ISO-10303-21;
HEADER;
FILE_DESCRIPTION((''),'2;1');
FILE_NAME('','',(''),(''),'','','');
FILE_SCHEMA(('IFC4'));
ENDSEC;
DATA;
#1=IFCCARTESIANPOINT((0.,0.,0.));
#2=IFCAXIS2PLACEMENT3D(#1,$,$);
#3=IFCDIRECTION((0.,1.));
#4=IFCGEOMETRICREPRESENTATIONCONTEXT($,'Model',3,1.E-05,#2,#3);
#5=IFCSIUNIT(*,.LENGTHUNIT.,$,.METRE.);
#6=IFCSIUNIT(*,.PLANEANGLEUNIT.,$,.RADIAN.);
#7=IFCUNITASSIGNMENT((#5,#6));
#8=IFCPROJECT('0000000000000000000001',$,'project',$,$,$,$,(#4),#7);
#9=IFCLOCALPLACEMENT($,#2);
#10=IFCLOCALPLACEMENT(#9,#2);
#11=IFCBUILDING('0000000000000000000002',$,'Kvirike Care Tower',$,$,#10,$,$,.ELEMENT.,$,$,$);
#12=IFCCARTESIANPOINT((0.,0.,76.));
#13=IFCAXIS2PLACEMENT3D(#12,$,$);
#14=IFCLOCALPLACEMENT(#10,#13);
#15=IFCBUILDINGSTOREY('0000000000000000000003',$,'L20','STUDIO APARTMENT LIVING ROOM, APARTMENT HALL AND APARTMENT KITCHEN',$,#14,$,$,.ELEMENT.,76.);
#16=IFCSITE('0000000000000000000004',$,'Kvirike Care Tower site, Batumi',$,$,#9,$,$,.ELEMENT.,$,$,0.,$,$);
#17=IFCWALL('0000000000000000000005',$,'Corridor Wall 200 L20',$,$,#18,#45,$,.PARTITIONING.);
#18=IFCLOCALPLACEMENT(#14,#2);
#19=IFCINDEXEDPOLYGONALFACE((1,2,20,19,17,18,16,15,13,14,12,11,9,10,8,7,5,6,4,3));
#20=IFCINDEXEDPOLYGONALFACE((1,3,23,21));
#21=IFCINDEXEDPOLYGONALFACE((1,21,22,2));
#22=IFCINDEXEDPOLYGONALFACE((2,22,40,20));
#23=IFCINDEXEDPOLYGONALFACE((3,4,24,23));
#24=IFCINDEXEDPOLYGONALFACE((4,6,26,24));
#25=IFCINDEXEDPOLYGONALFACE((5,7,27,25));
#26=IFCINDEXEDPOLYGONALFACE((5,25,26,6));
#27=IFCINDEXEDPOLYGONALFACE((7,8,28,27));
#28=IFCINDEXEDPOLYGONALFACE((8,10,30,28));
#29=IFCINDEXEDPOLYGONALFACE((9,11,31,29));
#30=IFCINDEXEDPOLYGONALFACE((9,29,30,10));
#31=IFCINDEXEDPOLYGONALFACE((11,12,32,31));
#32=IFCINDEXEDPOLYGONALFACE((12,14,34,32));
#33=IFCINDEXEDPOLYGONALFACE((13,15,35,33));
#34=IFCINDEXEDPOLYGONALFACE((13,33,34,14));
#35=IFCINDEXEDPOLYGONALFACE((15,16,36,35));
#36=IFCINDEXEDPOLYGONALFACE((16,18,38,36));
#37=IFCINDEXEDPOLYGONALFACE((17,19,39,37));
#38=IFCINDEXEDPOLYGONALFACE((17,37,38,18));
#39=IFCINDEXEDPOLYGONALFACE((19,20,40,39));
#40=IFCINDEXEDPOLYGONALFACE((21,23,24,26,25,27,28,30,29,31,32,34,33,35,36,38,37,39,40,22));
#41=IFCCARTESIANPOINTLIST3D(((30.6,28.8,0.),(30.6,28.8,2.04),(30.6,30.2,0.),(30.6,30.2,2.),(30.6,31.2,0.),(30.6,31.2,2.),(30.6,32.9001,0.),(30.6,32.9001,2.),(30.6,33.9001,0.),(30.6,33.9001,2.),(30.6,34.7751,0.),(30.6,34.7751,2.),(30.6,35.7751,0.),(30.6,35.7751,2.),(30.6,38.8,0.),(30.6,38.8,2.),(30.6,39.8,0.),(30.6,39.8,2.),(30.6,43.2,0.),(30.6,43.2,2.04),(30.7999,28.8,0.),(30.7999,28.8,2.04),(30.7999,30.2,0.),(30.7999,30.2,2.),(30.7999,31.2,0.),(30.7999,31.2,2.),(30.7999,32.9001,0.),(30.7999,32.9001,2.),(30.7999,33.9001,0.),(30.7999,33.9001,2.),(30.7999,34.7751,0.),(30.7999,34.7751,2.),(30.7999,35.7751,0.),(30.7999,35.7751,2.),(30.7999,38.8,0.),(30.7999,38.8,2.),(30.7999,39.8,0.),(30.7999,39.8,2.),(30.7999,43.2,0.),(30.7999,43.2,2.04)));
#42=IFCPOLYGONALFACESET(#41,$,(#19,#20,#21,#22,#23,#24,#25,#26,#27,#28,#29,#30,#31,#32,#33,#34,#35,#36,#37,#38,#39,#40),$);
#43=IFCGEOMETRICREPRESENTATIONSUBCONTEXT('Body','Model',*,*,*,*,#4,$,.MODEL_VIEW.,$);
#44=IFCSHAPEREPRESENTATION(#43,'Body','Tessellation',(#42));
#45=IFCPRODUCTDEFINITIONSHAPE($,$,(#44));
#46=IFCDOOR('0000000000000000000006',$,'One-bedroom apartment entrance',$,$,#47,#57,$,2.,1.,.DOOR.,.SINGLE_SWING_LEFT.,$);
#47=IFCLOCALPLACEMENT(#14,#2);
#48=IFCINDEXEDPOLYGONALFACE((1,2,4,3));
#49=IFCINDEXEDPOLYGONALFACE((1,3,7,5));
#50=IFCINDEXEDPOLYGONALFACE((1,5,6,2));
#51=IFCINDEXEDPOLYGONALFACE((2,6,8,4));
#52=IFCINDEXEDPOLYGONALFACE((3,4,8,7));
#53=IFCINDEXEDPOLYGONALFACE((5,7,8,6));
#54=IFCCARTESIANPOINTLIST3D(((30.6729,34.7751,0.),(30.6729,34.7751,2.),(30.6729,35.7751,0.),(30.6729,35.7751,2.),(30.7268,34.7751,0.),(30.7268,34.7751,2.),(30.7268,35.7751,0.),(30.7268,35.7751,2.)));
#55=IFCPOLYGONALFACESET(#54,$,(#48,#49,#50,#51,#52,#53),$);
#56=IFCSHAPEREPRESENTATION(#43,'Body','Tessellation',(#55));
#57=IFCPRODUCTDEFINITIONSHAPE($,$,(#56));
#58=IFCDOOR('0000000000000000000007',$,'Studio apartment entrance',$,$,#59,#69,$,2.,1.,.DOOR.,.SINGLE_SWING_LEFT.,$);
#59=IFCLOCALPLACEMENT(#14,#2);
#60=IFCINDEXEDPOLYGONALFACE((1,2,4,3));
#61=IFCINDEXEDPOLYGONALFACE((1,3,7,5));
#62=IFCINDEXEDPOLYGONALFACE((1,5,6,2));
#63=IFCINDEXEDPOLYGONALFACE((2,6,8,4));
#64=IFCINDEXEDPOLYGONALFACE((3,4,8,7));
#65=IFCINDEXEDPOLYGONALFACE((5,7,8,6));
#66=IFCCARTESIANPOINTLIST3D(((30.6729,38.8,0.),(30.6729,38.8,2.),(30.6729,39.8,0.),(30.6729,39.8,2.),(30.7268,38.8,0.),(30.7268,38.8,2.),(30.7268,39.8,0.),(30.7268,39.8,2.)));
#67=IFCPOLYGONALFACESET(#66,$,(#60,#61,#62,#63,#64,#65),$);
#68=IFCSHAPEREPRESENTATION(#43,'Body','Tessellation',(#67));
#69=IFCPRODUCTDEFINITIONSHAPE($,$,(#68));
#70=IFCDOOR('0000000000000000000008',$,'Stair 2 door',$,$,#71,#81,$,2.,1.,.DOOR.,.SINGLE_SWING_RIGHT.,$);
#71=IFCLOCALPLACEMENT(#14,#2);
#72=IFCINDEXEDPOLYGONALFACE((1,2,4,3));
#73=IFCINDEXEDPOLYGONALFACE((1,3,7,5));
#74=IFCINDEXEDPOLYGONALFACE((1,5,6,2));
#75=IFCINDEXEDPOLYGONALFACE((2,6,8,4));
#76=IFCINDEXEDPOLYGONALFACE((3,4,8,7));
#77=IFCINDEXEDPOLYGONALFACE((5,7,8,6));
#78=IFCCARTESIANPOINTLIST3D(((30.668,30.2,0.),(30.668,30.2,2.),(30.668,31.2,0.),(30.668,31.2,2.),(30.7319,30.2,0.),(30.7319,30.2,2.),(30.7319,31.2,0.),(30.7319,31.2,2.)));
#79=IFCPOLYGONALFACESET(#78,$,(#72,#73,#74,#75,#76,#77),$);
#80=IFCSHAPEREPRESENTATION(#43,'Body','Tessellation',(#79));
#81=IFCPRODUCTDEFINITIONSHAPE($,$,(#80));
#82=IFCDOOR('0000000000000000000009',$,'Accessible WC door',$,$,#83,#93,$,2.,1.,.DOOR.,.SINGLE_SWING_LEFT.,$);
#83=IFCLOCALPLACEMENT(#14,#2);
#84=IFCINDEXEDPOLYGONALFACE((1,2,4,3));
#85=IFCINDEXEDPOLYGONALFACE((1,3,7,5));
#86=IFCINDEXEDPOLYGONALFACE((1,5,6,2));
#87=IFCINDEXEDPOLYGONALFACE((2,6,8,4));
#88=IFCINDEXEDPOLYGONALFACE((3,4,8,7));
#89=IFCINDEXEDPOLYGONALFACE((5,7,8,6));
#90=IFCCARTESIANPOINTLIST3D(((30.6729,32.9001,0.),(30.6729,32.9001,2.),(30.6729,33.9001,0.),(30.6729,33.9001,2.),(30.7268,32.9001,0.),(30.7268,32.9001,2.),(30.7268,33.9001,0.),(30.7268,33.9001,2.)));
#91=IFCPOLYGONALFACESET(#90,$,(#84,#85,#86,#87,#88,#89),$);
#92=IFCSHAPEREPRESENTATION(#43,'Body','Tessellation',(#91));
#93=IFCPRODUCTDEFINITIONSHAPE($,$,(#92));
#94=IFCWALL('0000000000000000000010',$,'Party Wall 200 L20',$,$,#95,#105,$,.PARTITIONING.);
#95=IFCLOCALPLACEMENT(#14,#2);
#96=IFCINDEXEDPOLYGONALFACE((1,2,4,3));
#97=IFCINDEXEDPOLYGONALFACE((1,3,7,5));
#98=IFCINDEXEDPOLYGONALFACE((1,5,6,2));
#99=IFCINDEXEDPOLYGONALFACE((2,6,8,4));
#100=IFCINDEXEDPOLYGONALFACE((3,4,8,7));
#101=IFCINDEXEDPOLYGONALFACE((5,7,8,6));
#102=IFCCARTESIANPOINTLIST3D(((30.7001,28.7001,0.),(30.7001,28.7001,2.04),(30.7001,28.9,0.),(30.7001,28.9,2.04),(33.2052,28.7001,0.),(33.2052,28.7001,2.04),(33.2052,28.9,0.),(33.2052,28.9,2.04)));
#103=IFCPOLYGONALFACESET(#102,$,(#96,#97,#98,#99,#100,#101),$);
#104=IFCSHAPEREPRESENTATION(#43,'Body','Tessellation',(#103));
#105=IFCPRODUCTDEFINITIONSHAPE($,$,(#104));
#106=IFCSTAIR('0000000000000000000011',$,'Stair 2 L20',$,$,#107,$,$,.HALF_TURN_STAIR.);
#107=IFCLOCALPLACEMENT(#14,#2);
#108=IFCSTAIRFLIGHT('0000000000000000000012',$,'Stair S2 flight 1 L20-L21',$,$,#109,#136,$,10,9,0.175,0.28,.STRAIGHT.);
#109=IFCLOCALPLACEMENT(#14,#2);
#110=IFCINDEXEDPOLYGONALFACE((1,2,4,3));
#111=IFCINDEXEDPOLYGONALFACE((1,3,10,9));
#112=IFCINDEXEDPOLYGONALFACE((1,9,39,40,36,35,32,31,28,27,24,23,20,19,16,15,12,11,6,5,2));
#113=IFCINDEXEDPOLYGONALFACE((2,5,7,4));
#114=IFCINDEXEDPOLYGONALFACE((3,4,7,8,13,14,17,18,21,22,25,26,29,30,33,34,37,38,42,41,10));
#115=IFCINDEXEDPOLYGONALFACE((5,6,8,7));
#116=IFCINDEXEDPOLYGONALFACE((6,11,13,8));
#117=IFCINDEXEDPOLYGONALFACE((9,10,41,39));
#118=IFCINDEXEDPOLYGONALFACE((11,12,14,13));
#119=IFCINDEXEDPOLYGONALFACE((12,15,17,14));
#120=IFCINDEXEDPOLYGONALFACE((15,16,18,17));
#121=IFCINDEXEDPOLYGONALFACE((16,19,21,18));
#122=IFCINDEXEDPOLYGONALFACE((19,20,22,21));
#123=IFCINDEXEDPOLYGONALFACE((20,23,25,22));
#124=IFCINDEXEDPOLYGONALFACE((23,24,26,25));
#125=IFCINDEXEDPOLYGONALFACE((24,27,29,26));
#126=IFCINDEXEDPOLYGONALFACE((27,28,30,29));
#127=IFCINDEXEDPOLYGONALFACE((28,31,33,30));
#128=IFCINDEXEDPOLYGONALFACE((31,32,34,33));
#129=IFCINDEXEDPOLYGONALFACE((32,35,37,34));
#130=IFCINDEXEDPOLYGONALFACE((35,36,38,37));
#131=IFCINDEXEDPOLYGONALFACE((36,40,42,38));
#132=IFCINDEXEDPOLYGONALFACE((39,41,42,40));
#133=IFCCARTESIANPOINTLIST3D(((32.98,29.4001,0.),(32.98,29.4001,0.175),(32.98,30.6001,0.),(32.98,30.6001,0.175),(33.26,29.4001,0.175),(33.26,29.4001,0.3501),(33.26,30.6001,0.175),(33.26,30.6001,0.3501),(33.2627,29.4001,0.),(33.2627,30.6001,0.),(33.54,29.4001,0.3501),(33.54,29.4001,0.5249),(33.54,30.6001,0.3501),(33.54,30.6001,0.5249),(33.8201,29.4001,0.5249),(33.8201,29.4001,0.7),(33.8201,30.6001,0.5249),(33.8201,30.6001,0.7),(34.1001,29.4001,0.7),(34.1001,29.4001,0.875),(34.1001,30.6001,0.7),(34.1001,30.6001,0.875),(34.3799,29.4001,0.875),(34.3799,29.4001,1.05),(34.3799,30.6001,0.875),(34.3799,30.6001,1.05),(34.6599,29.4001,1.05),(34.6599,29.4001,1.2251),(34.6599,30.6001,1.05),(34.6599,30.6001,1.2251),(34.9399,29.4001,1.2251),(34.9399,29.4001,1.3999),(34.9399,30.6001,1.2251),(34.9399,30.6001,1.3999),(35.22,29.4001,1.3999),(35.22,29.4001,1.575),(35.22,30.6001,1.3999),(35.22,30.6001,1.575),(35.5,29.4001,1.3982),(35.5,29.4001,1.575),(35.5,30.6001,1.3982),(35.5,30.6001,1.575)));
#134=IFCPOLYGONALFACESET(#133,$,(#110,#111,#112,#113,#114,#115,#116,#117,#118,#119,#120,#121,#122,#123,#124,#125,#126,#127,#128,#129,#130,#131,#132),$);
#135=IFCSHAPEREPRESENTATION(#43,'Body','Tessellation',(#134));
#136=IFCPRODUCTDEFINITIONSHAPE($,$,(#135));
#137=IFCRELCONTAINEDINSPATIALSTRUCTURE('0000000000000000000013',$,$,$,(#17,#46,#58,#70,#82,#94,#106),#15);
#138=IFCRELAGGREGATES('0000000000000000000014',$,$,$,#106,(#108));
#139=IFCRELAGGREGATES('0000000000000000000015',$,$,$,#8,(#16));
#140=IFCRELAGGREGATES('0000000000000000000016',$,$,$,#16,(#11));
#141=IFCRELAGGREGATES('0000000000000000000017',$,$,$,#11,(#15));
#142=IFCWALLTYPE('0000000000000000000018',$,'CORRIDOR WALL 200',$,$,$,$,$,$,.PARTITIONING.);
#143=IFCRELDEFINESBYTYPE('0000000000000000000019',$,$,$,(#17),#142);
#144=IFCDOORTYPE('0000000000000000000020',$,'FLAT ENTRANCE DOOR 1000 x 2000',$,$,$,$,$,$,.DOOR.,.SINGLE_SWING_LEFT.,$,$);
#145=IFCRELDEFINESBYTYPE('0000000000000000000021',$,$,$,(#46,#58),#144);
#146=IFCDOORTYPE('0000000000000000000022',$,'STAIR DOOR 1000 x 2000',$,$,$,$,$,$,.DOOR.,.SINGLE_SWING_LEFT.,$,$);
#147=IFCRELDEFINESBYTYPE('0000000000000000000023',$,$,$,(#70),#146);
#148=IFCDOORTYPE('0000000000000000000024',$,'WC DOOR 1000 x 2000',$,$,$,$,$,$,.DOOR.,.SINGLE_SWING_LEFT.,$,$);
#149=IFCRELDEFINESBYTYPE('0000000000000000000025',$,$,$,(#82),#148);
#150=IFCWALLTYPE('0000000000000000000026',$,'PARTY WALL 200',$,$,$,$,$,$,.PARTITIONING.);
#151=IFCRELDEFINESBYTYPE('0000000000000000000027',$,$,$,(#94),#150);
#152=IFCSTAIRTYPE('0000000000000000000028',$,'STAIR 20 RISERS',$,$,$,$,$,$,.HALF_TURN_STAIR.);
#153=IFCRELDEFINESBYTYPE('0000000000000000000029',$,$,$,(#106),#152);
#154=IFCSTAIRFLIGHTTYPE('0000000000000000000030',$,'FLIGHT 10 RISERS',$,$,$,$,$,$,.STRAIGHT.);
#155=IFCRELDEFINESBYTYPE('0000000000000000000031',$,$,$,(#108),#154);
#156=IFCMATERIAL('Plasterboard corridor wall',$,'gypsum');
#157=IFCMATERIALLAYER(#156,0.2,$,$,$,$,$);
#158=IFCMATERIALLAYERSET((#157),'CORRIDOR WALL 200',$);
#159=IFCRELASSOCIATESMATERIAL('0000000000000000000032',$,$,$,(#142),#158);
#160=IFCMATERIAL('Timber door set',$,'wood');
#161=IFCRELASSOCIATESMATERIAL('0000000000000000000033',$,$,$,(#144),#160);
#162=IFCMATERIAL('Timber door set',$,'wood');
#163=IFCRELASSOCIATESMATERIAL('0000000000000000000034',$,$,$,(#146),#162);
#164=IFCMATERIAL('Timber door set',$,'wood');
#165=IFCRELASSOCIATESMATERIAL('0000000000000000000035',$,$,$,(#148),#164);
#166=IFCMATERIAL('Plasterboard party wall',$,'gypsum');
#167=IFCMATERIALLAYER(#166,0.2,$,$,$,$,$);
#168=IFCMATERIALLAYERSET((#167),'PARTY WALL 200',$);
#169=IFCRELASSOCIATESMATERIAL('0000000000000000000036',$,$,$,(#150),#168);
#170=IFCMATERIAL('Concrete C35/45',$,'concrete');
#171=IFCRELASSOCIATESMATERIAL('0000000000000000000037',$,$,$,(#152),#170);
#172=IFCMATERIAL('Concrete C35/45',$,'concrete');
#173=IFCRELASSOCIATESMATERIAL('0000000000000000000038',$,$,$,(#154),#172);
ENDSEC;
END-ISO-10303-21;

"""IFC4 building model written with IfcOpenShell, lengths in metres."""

from ifc_helpers import new_model, si_unit, direction, frame, frame_2d, origin, place, context, subcontext, project, spatial, polyline, rectangle, outline, extrude, material, layer, layer_set, type_object, element, fill, aggregate, save


model = new_model("IFC4")

# Units and contexts
model_context = context("Model", 3, precision=1e-05, world=origin(), true_north=direction((0.0, 1.0)))
body_context = subcontext(model_context, "Body", "Model", "MODEL_VIEW")
ifc_project = project(units=[si_unit("LENGTHUNIT", "METRE"), si_unit("PLANEANGLEUNIT", "RADIAN")], contexts=[model_context])

# Site, building, storey
site_placement = place(None, origin())
site = spatial("IfcSite", under=ifc_project, at=site_placement, Name="Kvirike Care Tower site, Batumi", CompositionType="ELEMENT", RefElevation=0.0)
building_placement = place(site_placement, origin())
building = spatial("IfcBuilding", under=site, at=building_placement, Name="Kvirike Care Tower", CompositionType="ELEMENT")
storey_placement = place(building_placement, frame((0.0, 0.0, 76.0)))
storey = spatial("IfcBuildingStorey", under=building, at=storey_placement, Name="L20", Description="STUDIO APARTMENT LIVING ROOM, APARTMENT HALL AND APARTMENT KITCHEN", CompositionType="ELEMENT", Elevation=76.0)

# Wall, openings, doors
ifc_material_1 = material(Name="Plasterboard corridor wall", Category="gypsum")
ifc_layer_1 = layer(ifc_material_1, 0.2)
ifc_layer_set_1 = layer_set([ifc_layer_1], Name="CORRIDOR WALL 200")
wall_type_1 = type_object("IfcWallType", Name="CORRIDOR WALL 200", PredefinedType="PARTITIONING", material=ifc_layer_set_1)
wall_1_placement = place(storey_placement, frame((30.7, 28.8, 0.0), z_axis=(0.0, 0.0, 1.0), x_axis=(0.0, 1.0, 0.0)))
wall_1 = element("IfcWall", 1, at=wall_1_placement, inside=storey, type_object=wall_type_1, Name="Corridor Wall 200 L20", PredefinedType="PARTITIONING", context=body_context, shape_type="SweptSolid", body=[
    extrude(rectangle(XDim=14.3999, YDim=0.2, at=frame_2d((7.2, 0.0))), origin(), (0.0, 0.0, 1.0), 2.04),
])
opening_1_placement = place(wall_1_placement, frame((1.3999, 0.0, 0.0)))
opening_1 = element("IfcOpeningElement", 2, at=opening_1_placement, cuts=wall_1, PredefinedType="OPENING", context=body_context, shape_type="SweptSolid", body=[
    extrude(rectangle(XDim=1.0, YDim=2.0, at=frame_2d((0.5, 1.0))), frame((0.0, 0.1106, 0.0), z_axis=(0.0, -1.0, 0.0), x_axis=(1.0, 0.0, 0.0)), (0.0, 0.0, 1.0), 0.2209),
])
opening_2_placement = place(wall_1_placement, frame((4.1001, 0.0, 0.0)))
opening_2 = element("IfcOpeningElement", 3, at=opening_2_placement, cuts=wall_1, PredefinedType="OPENING", context=body_context, shape_type="SweptSolid", body=[
    extrude(rectangle(XDim=1.0, YDim=2.0, at=frame_2d((0.5, 1.0))), frame((0.0, 0.1106, 0.0), z_axis=(0.0, -1.0, 0.0), x_axis=(1.0, 0.0, 0.0)), (0.0, 0.0, 1.0), 0.2209),
])
opening_3_placement = place(wall_1_placement, frame((5.9751, 0.0, 0.0)))
opening_3 = element("IfcOpeningElement", 4, at=opening_3_placement, cuts=wall_1, PredefinedType="OPENING", context=body_context, shape_type="SweptSolid", body=[
    extrude(rectangle(XDim=1.0, YDim=2.0, at=frame_2d((0.5, 1.0))), frame((0.0, 0.1106, 0.0), z_axis=(0.0, -1.0, 0.0), x_axis=(1.0, 0.0, 0.0)), (0.0, 0.0, 1.0), 0.2209),
])
opening_4_placement = place(wall_1_placement, frame((10.0, 0.0, 0.0)))
opening_4 = element("IfcOpeningElement", 5, at=opening_4_placement, cuts=wall_1, PredefinedType="OPENING", context=body_context, shape_type="SweptSolid", body=[
    extrude(rectangle(XDim=1.0, YDim=2.0, at=frame_2d((0.5, 1.0))), frame((0.0, 0.1106, 0.0), z_axis=(0.0, -1.0, 0.0), x_axis=(1.0, 0.0, 0.0)), (0.0, 0.0, 1.0), 0.2209),
])
ifc_material_2 = material(Name="Timber door set", Category="wood")
door_type_1 = type_object("IfcDoorType", Name="FLAT ENTRANCE DOOR 1000 x 2000", OperationType="SINGLE_SWING_LEFT", PredefinedType="DOOR", material=ifc_material_2)
door_1_placement = place(opening_3_placement, frame((1.0, 0.0, 0.0), z_axis=(0.0, 0.0, 1.0), x_axis=(-1.0, 0.0, 0.0)))
door_1 = element("IfcDoor", 6, at=door_1_placement, inside=storey, type_object=door_type_1, Name="One-bedroom apartment entrance", OperationType="SINGLE_SWING_LEFT", OverallHeight=2.0, OverallWidth=1.0, PredefinedType="DOOR", context=body_context, shape_type="SweptSolid", body=[
    extrude(rectangle(XDim=1.0, YDim=2.0, at=frame_2d((0.5, 1.0))), frame((0.0, 0.0269, 0.0), z_axis=(0.0, -1.0, 0.0), x_axis=(1.0, 0.0, 0.0)), (0.0, 0.0, 1.0), 0.054),
])
fill(opening_3, door_1)
door_2_placement = place(opening_4_placement, frame((1.0, 0.0, 0.0), z_axis=(0.0, 0.0, 1.0), x_axis=(-1.0, 0.0, 0.0)))
door_2 = element("IfcDoor", 7, at=door_2_placement, inside=storey, type_object=door_type_1, Name="Studio apartment entrance", OperationType="SINGLE_SWING_LEFT", OverallHeight=2.0, OverallWidth=1.0, PredefinedType="DOOR", context=body_context, shape_type="SweptSolid", body=[
    extrude(rectangle(XDim=1.0, YDim=2.0, at=frame_2d((0.5, 1.0))), frame((0.0, 0.0269, 0.0), z_axis=(0.0, -1.0, 0.0), x_axis=(1.0, 0.0, 0.0)), (0.0, 0.0, 1.0), 0.054),
])
fill(opening_4, door_2)
ifc_material_3 = material(Name="Timber door set", Category="wood")
door_type_2 = type_object("IfcDoorType", Name="STAIR DOOR 1000 x 2000", OperationType="SINGLE_SWING_LEFT", PredefinedType="DOOR", material=ifc_material_3)
door_3_placement = place(opening_1_placement, frame((1.0, 0.0, 0.0), z_axis=(0.0, 0.0, 1.0), x_axis=(-1.0, 0.0, 0.0)))
door_3 = element("IfcDoor", 8, at=door_3_placement, inside=storey, type_object=door_type_2, Name="Stair 2 door", OperationType="SINGLE_SWING_RIGHT", OverallHeight=2.0, OverallWidth=1.0, PredefinedType="DOOR", context=body_context, shape_type="SweptSolid", body=[
    extrude(rectangle(XDim=1.0, YDim=2.0, at=frame_2d((0.5, 1.0))), frame((0.0, 0.032, 0.0), z_axis=(0.0, -1.0, 0.0), x_axis=(1.0, 0.0, 0.0)), (0.0, 0.0, 1.0), 0.064),
])
fill(opening_1, door_3)
ifc_material_4 = material(Name="Timber door set", Category="wood")
door_type_3 = type_object("IfcDoorType", Name="WC DOOR 1000 x 2000", OperationType="SINGLE_SWING_LEFT", PredefinedType="DOOR", material=ifc_material_4)
door_4_placement = place(opening_2_placement, frame((1.0, 0.0, 0.0), z_axis=(0.0, 0.0, 1.0), x_axis=(-1.0, 0.0, 0.0)))
door_4 = element("IfcDoor", 9, at=door_4_placement, inside=storey, type_object=door_type_3, Name="Accessible WC door", OperationType="SINGLE_SWING_LEFT", OverallHeight=2.0, OverallWidth=1.0, PredefinedType="DOOR", context=body_context, shape_type="SweptSolid", body=[
    extrude(rectangle(XDim=1.0, YDim=2.0, at=frame_2d((0.5, 1.0))), frame((0.0, 0.0269, 0.0), z_axis=(0.0, -1.0, 0.0), x_axis=(1.0, 0.0, 0.0)), (0.0, 0.0, 1.0), 0.054),
])
fill(opening_2, door_4)

# Wall
ifc_material_5 = material(Name="Plasterboard party wall", Category="gypsum")
ifc_layer_2 = layer(ifc_material_5, 0.2)
ifc_layer_set_2 = layer_set([ifc_layer_2], Name="PARTY WALL 200")
wall_type_2 = type_object("IfcWallType", Name="PARTY WALL 200", PredefinedType="PARTITIONING", material=ifc_layer_set_2)
wall_2_placement = place(storey_placement, frame((33.2051, 28.8, 0.0), z_axis=(0.0, 0.0, 1.0), x_axis=(-1.0, 0.0, 0.0)))
element("IfcWall", 10, at=wall_2_placement, inside=storey, type_object=wall_type_2, Name="Party Wall 200 L20", PredefinedType="PARTITIONING", context=body_context, shape_type="SweptSolid", body=[
    extrude(rectangle(XDim=2.5051, YDim=0.2, at=frame_2d((1.2524, 0.0))), origin(), (0.0, 0.0, 1.0), 2.04),
])

# Stair, stair flight
ifc_material_6 = material(Name="Concrete C35/45", Category="concrete")
stair_type = type_object("IfcStairType", Name="STAIR 20 RISERS", PredefinedType="HALF_TURN_STAIR", material=ifc_material_6)
stair_placement = place(storey_placement, origin())
stair = element("IfcStair", 11, at=stair_placement, inside=storey, type_object=stair_type, Name="Stair 2 L20", PredefinedType="HALF_TURN_STAIR")
ifc_material_7 = material(Name="Concrete C35/45", Category="concrete")
stair_flight_type = type_object("IfcStairFlightType", Name="FLIGHT 10 RISERS", PredefinedType="STRAIGHT", material=ifc_material_7)
stair_flight_placement = place(storey_placement, frame((32.98, 30.0, 0.0), z_axis=(0.0, 0.0, 1.0), x_axis=(1.0, 0.0, 0.0)))
stair_flight = element("IfcStairFlight", 12, at=stair_flight_placement, type_object=stair_flight_type, Name="Stair S2 flight 1 L20-L21", NumberOfRisers=10, NumberOfTreads=9, PredefinedType="STRAIGHT", RiserHeight=0.175, TreadLength=0.28, context=body_context, shape_type="SweptSolid", body=[
    extrude(outline(polyline([(0.0, 0.0), (0.0, 0.175), (0.28, 0.175), (0.28, 0.3501), (0.5601, 0.3501), (0.5601, 0.5249), (0.8401, 0.5249), (0.8401, 0.7), (1.1201, 0.7), (1.1201, 0.875), (1.3999, 0.875), (1.3999, 1.05), (1.6799, 1.05), (1.6799, 1.2251), (1.96, 1.2251), (1.96, 1.3999), (2.24, 1.3999), (2.24, 1.575), (2.52, 1.575), (2.52, 1.75), (2.52, 1.3982), (0.2827, 0.0), (0.0, 0.0)])), frame((0.0, 0.6001, 0.0), z_axis=(0.0, -1.0, 0.0), x_axis=(1.0, 0.0, 0.0)), (0.0, 0.0, 1.0), 1.2),
])
aggregate(stair, [stair_flight])

save(model, "model.ifc")
